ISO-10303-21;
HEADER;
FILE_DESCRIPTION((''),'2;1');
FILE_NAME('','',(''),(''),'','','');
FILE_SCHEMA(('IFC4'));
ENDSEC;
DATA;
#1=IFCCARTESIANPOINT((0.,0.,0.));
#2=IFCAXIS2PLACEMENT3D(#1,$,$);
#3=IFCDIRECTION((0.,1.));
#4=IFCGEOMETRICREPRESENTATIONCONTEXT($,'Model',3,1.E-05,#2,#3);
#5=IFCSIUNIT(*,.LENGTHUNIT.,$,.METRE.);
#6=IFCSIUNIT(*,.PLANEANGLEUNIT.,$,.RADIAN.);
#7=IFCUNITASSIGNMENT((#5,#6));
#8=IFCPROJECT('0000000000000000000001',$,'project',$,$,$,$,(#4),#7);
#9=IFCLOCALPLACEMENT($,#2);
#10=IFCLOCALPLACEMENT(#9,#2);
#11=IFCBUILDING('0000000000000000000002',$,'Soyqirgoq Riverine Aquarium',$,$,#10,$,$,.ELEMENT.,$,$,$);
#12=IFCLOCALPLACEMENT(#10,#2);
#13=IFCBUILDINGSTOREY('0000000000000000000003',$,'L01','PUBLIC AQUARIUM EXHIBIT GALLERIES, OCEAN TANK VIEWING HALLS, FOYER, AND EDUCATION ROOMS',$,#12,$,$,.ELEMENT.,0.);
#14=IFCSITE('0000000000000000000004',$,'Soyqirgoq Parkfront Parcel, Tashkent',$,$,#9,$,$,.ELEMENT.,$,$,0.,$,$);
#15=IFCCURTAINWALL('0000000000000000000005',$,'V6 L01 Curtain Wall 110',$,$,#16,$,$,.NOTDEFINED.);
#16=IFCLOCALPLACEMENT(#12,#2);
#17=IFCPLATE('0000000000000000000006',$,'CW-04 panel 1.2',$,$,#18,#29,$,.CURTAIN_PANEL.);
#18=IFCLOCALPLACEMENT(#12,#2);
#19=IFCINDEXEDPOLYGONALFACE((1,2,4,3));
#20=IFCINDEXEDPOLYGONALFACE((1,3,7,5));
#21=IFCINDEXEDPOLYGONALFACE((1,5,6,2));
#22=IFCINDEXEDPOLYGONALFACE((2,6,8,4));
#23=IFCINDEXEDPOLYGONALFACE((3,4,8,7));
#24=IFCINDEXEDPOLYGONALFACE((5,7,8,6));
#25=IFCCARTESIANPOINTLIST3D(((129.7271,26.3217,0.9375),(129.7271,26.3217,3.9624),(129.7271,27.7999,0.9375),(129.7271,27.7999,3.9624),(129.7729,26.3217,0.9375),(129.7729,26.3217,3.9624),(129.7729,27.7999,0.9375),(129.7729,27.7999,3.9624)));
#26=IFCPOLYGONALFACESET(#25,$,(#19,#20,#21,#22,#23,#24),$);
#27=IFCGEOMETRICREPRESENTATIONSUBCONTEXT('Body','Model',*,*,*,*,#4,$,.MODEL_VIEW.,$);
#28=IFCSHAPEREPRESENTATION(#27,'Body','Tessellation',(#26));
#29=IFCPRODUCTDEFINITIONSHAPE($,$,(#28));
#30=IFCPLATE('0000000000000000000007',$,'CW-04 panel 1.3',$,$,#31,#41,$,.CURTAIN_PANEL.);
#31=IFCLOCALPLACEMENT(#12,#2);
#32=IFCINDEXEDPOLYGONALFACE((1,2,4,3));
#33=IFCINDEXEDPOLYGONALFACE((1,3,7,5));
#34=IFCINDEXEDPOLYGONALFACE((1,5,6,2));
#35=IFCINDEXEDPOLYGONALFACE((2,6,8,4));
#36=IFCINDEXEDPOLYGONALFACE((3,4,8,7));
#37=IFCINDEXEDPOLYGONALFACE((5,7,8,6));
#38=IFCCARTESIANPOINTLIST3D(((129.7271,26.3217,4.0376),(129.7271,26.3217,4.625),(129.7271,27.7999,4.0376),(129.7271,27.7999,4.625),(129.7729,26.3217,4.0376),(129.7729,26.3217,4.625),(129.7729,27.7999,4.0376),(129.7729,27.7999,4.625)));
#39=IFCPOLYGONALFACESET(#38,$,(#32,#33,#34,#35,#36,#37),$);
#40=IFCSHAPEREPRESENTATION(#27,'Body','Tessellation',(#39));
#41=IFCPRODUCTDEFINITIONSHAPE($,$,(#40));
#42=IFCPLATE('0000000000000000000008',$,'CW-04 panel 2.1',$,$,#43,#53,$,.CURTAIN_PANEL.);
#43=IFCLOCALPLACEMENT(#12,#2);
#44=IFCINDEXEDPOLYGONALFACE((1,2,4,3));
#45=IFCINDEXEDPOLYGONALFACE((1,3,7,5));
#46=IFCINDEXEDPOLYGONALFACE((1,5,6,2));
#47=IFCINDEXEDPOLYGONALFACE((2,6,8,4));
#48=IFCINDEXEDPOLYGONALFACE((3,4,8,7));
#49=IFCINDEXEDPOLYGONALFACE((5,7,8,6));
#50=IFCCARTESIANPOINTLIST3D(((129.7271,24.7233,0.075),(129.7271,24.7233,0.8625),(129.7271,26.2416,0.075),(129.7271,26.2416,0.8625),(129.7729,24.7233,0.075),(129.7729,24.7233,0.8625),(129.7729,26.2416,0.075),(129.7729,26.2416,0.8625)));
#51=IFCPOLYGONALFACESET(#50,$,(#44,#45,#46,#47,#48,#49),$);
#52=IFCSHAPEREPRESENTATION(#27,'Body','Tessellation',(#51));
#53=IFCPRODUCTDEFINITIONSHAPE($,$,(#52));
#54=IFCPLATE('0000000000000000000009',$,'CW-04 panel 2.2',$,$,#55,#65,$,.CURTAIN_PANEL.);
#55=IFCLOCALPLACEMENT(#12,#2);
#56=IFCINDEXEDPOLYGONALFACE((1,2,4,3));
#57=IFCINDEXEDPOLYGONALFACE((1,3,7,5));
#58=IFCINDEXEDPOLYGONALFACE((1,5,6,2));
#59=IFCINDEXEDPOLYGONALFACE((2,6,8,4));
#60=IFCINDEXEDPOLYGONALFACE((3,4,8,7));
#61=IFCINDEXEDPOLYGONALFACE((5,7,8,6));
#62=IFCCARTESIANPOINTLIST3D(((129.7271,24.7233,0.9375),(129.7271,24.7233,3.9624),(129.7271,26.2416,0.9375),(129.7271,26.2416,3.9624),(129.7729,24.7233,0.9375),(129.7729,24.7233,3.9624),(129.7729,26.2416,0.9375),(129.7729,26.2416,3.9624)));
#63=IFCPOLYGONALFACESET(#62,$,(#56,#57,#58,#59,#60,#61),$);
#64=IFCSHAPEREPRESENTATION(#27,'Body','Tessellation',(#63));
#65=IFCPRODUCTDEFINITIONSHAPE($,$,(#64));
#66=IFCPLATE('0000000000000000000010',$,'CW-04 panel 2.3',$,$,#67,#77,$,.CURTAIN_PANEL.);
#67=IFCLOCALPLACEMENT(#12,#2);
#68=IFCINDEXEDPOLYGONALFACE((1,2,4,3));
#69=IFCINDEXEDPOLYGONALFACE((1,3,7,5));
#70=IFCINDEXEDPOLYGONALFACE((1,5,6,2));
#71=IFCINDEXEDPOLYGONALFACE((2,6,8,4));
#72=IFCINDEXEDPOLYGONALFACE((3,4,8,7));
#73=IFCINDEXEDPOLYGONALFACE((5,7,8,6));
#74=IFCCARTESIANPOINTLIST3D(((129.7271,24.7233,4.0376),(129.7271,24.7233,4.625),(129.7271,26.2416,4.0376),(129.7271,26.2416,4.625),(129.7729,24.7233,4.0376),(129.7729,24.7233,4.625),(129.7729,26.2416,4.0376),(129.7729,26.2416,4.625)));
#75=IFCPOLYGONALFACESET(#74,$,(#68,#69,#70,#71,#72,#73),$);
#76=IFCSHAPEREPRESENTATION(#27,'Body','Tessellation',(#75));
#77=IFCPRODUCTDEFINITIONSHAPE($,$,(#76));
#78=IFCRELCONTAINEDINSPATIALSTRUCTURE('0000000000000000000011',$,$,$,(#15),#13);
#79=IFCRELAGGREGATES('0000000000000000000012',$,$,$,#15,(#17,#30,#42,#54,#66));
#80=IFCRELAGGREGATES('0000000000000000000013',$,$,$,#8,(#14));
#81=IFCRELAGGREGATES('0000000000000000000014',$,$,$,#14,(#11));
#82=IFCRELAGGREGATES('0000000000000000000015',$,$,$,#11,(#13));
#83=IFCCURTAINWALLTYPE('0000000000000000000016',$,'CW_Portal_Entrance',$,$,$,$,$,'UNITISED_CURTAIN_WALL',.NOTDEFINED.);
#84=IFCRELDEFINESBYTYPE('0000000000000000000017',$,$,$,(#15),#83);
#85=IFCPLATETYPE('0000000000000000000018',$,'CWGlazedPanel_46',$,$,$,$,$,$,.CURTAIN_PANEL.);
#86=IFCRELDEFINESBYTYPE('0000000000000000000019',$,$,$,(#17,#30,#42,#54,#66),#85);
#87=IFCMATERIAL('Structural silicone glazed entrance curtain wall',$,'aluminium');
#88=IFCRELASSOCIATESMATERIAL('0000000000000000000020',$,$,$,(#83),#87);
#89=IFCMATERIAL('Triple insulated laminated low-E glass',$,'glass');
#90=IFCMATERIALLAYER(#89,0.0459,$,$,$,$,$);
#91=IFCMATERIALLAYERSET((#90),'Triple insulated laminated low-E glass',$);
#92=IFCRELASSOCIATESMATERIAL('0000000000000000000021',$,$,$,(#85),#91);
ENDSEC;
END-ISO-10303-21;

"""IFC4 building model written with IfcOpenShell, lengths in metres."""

from ifc_helpers import new_model, si_unit, direction, frame, origin, origin_2d, place, context, subcontext, project, spatial, rectangle, extrude, material, layer, layer_set, type_object, element, aggregate, save


model = new_model("IFC4")

# Units and contexts
model_context = context("Model", 3, precision=1e-05, world=origin(), true_north=direction((0.0, 1.0)))
body_context = subcontext(model_context, "Body", "Model", "MODEL_VIEW")
ifc_project = project(units=[si_unit("LENGTHUNIT", "METRE"), si_unit("PLANEANGLEUNIT", "RADIAN")], contexts=[model_context])

# Site, building, storey
site_placement = place(None, origin())
site = spatial("IfcSite", under=ifc_project, at=site_placement, Name="Soyqirgoq Parkfront Parcel, Tashkent", CompositionType="ELEMENT", RefElevation=0.0)
building_placement = place(site_placement, origin())
building = spatial("IfcBuilding", under=site, at=building_placement, Name="Soyqirgoq Riverine Aquarium", CompositionType="ELEMENT")
storey_placement = place(building_placement, origin())
storey = spatial("IfcBuildingStorey", under=building, at=storey_placement, Name="L01", Description="PUBLIC AQUARIUM EXHIBIT GALLERIES, OCEAN TANK VIEWING HALLS, FOYER, AND EDUCATION ROOMS", CompositionType="ELEMENT", Elevation=0.0)

# Curtain wall
ifc_material_1 = material(Name="Structural silicone glazed entrance curtain wall", Category="aluminium")
curtain_wall_type = type_object("IfcCurtainWallType", Name="CW_Portal_Entrance", ElementType="UNITISED_CURTAIN_WALL", PredefinedType="NOTDEFINED", material=ifc_material_1)
curtain_wall_1_placement = place(storey_placement, origin())
curtain_wall_1 = element("IfcCurtainWall", 1, at=curtain_wall_1_placement, inside=storey, type_object=curtain_wall_type, Name="V6 L01 Curtain Wall 110", PredefinedType="NOTDEFINED")

# Plates
ifc_material_2 = material(Name="Triple insulated laminated low-E glass", Category="glass")
ifc_layer = layer(ifc_material_2, 0.0459)
ifc_layer_set = layer_set([ifc_layer], Name="Triple insulated laminated low-E glass")
plate_type = type_object("IfcPlateType", Name="CWGlazedPanel_46", PredefinedType="CURTAIN_PANEL", material=ifc_layer_set)
plate_1_placement = place(storey_placement, frame((129.75, 27.0608, 0.9375), z_axis=(0.0, 0.0, 1.0), x_axis=(0.0, -1.0, 0.0)))
plate_1 = element("IfcPlate", 2, at=plate_1_placement, type_object=plate_type, Name="CW-04 panel 1.2", PredefinedType="CURTAIN_PANEL", context=body_context, shape_type="SweptSolid", body=[
    extrude(rectangle(XDim=1.4783, YDim=0.0459, at=origin_2d()), origin(), (0.0, 0.0, 1.0), 3.0249),
])
plate_2_placement = place(storey_placement, frame((129.75, 27.0608, 4.0376), z_axis=(0.0, 0.0, 1.0), x_axis=(0.0, -1.0, 0.0)))
plate_2 = element("IfcPlate", 3, at=plate_2_placement, type_object=plate_type, Name="CW-04 panel 1.3", PredefinedType="CURTAIN_PANEL", context=body_context, shape_type="SweptSolid", body=[
    extrude(rectangle(XDim=1.4783, YDim=0.0459, at=origin_2d()), origin(), (0.0, 0.0, 1.0), 0.5874),
])
plate_3_placement = place(storey_placement, frame((129.75, 25.4824, 0.075), z_axis=(0.0, 0.0, 1.0), x_axis=(0.0, -1.0, 0.0)))
plate_3 = element("IfcPlate", 4, at=plate_3_placement, type_object=plate_type, Name="CW-04 panel 2.1", PredefinedType="CURTAIN_PANEL", context=body_context, shape_type="SweptSolid", body=[
    extrude(rectangle(XDim=1.5183, YDim=0.0459, at=origin_2d()), origin(), (0.0, 0.0, 1.0), 0.7876),
])
plate_4_placement = place(storey_placement, frame((129.75, 25.4824, 0.9375), z_axis=(0.0, 0.0, 1.0), x_axis=(0.0, -1.0, 0.0)))
plate_4 = element("IfcPlate", 5, at=plate_4_placement, type_object=plate_type, Name="CW-04 panel 2.2", PredefinedType="CURTAIN_PANEL", context=body_context, shape_type="SweptSolid", body=[
    extrude(rectangle(XDim=1.5183, YDim=0.0459, at=origin_2d()), origin(), (0.0, 0.0, 1.0), 3.0249),
])
plate_5_placement = place(storey_placement, frame((129.75, 25.4824, 4.0376), z_axis=(0.0, 0.0, 1.0), x_axis=(0.0, -1.0, 0.0)))
plate_5 = element("IfcPlate", 6, at=plate_5_placement, type_object=plate_type, Name="CW-04 panel 2.3", PredefinedType="CURTAIN_PANEL", context=body_context, shape_type="SweptSolid", body=[
    extrude(rectangle(XDim=1.5183, YDim=0.0459, at=origin_2d()), origin(), (0.0, 0.0, 1.0), 0.5874),
])
aggregate(curtain_wall_1, [plate_1, plate_2, plate_3, plate_4, plate_5])

save(model, "model.ifc")
